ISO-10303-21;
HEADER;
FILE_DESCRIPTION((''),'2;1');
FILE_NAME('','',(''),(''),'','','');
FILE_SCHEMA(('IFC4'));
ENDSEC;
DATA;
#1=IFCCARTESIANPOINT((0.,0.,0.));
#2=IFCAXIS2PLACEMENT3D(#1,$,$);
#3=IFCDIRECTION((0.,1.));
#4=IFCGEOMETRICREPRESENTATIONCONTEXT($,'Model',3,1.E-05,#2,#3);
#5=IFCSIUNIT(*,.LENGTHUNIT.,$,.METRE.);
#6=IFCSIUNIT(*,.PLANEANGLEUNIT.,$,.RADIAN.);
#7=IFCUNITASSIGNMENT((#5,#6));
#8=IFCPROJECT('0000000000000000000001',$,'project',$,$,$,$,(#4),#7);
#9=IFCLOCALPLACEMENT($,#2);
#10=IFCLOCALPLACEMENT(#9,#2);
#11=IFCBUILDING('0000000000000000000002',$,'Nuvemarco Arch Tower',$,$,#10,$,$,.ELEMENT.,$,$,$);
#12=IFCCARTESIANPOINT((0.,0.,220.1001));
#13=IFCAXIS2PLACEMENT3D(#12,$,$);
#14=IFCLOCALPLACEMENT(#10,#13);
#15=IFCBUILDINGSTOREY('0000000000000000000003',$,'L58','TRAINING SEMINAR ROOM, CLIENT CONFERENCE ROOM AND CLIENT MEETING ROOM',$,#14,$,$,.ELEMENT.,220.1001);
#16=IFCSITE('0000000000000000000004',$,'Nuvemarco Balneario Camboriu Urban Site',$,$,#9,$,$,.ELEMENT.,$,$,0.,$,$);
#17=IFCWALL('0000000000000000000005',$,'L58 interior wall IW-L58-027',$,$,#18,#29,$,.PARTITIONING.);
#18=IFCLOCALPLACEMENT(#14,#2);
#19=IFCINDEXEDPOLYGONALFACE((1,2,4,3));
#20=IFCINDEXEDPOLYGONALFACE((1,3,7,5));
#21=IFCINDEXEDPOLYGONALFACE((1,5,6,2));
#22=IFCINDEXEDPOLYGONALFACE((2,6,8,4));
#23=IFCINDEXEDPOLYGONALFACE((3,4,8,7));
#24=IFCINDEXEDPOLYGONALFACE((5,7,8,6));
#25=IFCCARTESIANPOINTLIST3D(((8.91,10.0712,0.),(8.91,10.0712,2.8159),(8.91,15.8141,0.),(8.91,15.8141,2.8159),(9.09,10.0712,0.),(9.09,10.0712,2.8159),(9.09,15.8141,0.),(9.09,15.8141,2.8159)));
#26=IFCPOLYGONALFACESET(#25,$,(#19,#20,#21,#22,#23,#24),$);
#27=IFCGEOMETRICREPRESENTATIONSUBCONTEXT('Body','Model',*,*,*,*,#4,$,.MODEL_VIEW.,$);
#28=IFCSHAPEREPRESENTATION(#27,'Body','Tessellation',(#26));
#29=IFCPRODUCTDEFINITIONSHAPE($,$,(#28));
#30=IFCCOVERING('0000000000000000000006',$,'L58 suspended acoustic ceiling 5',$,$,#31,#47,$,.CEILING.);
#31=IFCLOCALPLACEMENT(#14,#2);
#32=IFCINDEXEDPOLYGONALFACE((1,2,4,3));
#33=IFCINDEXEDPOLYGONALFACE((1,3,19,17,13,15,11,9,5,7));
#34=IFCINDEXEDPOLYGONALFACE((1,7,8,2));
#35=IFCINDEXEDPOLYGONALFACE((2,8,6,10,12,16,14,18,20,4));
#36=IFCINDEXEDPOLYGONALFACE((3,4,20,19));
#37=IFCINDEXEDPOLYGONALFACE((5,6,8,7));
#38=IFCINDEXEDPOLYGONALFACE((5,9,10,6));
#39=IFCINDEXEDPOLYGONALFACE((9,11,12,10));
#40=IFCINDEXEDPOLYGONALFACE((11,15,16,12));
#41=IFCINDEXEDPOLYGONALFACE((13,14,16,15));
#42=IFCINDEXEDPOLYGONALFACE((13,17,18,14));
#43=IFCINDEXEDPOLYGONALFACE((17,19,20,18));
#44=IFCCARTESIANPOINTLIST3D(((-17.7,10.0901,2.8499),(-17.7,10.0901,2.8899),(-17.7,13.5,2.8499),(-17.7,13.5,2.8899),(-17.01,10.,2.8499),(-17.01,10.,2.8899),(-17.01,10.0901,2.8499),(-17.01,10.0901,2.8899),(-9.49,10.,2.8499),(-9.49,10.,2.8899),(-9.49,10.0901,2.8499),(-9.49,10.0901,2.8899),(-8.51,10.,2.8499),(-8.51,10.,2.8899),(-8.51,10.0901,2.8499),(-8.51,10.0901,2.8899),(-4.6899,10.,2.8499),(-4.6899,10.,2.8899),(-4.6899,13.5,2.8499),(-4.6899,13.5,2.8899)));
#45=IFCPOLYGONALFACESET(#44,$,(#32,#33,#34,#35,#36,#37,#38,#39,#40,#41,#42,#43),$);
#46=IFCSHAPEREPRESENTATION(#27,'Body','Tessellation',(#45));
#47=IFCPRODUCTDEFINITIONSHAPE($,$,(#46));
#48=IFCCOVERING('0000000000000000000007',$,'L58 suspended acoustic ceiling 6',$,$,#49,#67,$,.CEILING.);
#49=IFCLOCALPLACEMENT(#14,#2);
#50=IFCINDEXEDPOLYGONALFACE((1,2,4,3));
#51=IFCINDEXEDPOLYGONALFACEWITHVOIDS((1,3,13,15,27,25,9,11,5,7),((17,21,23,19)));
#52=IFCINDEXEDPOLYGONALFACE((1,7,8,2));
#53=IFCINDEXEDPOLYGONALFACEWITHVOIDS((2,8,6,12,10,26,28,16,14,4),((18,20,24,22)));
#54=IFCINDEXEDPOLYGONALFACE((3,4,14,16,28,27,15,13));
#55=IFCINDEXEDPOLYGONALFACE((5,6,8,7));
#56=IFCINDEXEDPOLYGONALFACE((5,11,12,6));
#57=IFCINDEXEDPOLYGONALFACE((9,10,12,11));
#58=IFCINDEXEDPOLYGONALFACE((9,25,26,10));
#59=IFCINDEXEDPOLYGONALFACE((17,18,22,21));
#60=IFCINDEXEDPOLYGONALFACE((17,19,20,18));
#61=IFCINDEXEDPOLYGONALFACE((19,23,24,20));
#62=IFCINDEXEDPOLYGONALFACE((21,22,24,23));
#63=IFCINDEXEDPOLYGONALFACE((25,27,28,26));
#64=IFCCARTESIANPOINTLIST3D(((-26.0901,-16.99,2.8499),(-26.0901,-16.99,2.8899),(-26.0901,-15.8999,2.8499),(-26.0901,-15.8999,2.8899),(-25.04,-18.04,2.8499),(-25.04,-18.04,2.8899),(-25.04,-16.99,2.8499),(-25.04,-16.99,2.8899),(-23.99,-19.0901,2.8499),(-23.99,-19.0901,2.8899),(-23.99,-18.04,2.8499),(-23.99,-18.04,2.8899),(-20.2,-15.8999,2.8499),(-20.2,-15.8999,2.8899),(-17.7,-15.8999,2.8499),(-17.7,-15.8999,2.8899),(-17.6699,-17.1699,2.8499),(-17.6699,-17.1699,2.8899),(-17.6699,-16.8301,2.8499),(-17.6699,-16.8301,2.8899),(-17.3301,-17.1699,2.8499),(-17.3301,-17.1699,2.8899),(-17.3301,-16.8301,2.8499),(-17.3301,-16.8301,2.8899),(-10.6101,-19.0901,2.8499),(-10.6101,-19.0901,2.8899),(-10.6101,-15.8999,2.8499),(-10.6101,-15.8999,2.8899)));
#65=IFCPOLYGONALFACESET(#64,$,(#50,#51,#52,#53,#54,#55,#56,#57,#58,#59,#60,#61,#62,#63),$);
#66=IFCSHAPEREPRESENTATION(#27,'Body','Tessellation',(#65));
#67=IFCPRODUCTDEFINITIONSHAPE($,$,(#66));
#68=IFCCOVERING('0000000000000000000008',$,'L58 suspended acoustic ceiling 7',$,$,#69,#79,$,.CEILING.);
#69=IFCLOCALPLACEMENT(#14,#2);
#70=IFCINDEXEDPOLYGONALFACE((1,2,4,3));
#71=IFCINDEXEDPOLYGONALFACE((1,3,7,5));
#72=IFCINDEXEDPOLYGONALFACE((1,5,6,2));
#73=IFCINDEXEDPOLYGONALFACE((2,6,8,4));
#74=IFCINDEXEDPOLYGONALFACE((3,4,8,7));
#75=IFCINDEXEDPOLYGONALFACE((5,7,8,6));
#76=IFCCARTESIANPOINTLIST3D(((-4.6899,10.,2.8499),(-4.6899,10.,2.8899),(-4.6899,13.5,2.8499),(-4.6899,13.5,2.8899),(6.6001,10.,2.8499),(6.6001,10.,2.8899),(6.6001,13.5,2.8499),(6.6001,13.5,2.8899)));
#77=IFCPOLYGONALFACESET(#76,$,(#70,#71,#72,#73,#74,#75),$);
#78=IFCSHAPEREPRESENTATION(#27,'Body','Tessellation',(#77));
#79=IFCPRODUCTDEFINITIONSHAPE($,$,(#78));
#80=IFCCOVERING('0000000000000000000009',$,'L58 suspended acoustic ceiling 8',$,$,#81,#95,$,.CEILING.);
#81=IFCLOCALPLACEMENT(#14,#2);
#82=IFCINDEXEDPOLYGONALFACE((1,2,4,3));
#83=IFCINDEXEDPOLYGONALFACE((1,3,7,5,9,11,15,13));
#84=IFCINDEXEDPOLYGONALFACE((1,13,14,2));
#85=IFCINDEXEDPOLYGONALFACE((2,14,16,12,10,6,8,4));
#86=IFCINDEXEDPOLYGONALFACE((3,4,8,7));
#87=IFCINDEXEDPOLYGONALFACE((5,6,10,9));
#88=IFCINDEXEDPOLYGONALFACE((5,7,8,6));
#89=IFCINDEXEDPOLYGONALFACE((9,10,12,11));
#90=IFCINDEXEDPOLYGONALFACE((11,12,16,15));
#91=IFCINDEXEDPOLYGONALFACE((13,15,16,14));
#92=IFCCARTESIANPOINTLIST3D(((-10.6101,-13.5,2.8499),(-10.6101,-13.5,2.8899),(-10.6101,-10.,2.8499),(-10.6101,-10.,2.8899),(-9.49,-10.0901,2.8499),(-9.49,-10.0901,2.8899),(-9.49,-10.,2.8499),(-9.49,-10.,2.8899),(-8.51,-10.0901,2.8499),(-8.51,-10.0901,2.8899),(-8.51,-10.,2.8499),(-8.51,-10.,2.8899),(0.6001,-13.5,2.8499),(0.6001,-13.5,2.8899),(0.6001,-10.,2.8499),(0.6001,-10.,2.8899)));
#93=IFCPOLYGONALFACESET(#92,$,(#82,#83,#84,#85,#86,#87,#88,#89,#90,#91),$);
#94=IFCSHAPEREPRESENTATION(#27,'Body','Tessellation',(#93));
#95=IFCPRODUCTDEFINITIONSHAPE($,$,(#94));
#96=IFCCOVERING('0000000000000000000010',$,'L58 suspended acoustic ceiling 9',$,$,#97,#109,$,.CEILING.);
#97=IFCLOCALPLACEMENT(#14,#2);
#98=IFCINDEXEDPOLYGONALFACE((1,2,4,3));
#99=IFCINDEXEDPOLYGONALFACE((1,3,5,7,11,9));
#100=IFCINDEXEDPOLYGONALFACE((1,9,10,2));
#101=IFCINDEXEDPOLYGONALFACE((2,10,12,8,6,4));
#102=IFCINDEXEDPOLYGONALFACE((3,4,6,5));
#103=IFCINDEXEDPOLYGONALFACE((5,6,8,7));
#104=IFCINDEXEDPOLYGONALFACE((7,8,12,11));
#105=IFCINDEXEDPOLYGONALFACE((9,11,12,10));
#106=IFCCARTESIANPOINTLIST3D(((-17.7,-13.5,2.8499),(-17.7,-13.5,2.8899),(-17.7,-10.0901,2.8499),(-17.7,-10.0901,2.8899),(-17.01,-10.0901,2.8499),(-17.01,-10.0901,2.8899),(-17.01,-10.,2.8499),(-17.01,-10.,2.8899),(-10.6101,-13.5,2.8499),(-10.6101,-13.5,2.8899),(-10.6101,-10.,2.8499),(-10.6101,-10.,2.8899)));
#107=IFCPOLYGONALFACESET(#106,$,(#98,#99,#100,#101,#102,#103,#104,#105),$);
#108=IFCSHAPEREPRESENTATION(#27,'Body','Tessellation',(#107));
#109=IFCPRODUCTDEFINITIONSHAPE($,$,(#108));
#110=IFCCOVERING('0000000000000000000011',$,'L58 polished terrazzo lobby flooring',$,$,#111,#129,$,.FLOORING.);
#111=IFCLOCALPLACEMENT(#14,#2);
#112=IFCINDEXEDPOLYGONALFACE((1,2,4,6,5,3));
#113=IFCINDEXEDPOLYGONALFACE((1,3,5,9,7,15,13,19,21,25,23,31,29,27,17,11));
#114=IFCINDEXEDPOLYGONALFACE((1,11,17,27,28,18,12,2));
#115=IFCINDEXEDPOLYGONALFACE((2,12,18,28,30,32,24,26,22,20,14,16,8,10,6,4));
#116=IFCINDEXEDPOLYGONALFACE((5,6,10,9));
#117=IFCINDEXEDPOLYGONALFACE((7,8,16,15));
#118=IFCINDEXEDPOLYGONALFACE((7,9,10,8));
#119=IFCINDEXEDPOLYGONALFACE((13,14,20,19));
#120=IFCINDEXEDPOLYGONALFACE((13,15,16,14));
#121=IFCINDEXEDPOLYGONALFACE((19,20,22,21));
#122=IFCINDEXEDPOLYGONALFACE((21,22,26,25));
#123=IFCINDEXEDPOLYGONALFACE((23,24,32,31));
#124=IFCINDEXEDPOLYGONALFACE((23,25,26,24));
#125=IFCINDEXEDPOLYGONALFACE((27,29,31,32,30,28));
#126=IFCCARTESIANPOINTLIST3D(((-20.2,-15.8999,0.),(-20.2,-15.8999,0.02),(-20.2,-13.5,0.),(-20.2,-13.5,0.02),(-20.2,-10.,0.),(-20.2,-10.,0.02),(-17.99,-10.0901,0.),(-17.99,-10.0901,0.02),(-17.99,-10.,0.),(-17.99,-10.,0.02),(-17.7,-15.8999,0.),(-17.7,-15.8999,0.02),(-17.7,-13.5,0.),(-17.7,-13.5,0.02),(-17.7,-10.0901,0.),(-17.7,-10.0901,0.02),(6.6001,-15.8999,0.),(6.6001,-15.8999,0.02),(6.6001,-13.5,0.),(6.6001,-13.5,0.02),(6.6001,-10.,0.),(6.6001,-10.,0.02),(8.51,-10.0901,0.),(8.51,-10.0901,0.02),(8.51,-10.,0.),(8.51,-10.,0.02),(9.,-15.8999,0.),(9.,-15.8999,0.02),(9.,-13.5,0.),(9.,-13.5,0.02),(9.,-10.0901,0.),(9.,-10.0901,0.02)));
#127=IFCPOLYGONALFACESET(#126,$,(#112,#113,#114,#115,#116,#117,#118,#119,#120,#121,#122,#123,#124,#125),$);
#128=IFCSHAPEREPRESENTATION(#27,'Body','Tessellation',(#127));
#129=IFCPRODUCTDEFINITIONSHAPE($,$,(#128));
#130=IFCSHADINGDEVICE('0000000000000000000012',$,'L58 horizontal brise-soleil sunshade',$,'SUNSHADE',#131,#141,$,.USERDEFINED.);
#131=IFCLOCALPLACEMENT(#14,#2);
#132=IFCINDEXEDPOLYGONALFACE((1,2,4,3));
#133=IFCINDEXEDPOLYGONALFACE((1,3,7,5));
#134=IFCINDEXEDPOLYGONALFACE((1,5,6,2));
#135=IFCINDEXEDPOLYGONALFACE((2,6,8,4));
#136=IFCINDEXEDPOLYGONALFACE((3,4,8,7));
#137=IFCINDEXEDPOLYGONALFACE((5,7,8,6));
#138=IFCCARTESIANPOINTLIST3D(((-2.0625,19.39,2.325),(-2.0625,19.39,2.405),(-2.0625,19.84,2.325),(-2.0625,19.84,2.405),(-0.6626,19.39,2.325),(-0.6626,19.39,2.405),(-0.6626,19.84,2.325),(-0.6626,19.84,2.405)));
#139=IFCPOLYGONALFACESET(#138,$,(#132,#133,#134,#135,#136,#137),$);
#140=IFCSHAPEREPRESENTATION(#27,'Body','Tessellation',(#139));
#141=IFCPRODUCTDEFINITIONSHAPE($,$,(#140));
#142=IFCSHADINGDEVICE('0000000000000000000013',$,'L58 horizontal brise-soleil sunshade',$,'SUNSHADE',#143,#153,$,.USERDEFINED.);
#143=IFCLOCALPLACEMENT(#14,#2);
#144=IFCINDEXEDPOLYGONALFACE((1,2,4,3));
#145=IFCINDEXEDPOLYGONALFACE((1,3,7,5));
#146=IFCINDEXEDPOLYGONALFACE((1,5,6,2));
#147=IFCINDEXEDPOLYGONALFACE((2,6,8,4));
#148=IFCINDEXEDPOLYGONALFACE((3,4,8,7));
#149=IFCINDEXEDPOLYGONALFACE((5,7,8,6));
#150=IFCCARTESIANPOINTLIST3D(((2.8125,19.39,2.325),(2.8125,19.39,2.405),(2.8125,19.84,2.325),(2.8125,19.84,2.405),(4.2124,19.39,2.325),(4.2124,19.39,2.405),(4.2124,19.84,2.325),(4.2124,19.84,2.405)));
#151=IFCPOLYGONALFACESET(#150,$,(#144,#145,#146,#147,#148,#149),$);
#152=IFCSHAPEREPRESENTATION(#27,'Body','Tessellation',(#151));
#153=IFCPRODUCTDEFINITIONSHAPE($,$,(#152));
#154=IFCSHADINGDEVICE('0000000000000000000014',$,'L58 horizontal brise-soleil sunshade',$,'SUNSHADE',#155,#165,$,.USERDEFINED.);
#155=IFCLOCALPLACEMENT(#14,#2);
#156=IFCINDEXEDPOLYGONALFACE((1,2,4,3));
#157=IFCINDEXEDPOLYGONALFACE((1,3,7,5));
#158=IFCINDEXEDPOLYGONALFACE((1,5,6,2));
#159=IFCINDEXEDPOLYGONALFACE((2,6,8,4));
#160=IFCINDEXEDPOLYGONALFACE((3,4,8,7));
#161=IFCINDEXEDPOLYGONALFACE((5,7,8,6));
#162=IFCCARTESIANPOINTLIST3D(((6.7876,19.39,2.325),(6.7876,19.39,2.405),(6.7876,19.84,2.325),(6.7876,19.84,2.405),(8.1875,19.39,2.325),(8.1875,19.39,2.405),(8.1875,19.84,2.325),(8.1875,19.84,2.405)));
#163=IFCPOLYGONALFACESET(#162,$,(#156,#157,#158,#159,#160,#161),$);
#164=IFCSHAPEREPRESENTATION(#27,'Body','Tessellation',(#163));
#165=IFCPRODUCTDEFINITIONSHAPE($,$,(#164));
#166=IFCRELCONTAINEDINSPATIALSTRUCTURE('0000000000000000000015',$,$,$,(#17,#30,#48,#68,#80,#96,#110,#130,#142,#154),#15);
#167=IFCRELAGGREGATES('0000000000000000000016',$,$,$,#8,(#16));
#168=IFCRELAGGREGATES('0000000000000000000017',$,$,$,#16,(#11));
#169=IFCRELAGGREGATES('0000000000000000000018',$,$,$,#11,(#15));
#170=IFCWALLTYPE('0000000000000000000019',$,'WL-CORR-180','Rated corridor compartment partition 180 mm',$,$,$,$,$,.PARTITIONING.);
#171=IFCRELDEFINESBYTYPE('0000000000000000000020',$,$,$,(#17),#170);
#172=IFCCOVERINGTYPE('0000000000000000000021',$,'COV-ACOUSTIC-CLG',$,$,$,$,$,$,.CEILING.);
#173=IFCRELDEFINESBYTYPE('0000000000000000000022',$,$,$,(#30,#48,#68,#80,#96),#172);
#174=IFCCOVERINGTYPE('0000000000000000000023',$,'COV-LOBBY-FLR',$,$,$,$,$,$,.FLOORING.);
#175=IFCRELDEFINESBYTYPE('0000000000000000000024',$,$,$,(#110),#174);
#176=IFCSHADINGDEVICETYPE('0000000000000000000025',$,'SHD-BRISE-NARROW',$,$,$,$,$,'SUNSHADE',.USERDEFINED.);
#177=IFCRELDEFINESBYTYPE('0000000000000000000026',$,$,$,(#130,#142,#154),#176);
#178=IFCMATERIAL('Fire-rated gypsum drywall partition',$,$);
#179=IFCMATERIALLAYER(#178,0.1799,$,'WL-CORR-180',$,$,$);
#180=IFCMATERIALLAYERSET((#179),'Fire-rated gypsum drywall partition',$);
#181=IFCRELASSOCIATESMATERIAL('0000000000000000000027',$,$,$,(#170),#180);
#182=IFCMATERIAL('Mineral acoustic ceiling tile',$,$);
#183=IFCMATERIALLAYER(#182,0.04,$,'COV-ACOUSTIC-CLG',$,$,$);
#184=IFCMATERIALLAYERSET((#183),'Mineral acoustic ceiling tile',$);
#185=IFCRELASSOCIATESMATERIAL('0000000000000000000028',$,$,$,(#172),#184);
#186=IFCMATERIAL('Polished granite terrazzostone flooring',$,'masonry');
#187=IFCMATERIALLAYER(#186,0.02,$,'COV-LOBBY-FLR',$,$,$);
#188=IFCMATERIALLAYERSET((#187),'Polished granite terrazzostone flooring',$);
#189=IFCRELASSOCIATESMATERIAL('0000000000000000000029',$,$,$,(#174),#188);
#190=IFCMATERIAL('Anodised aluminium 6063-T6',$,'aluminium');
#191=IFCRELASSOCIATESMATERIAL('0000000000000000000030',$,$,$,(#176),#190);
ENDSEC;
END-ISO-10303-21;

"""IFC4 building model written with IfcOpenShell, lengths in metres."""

from ifc_helpers import new_model, si_unit, direction, frame, frame_2d, origin, origin_2d, place, context, subcontext, project, spatial, polyline, rectangle, outline, extrude, source, transform, mapped, material, layer, layer_set, type_object, type_shapes, element, save


model = new_model("IFC4")

# Units and contexts
model_context = context("Model", 3, precision=1e-05, world=origin(), true_north=direction((0.0, 1.0)))
body_context = subcontext(model_context, "Body", "Model", "MODEL_VIEW")
ifc_project = project(units=[si_unit("LENGTHUNIT", "METRE"), si_unit("PLANEANGLEUNIT", "RADIAN")], contexts=[model_context])

# Site, building, storey
site_placement = place(None, origin())
site = spatial("IfcSite", under=ifc_project, at=site_placement, Name="Nuvemarco Balneario Camboriu Urban Site", CompositionType="ELEMENT", RefElevation=0.0)
building_placement = place(site_placement, origin())
building = spatial("IfcBuilding", under=site, at=building_placement, Name="Nuvemarco Arch Tower", CompositionType="ELEMENT")
storey_placement = place(building_placement, frame((0.0, 0.0, 220.1001)))
storey = spatial("IfcBuildingStorey", under=building, at=storey_placement, Name="L58", Description="TRAINING SEMINAR ROOM, CLIENT CONFERENCE ROOM AND CLIENT MEETING ROOM", CompositionType="ELEMENT", Elevation=220.1001)

# Shared definitions
ifc_material_1 = material(Name="Fire-rated gypsum drywall partition")
ifc_layer_1 = layer(ifc_material_1, 0.1799, Name="WL-CORR-180")
ifc_layer_set_1 = layer_set([ifc_layer_1], Name="Fire-rated gypsum drywall partition")
wall_type_1 = type_object("IfcWallType", Name="WL-CORR-180", Description="Rated corridor compartment partition 180 mm", PredefinedType="PARTITIONING", material=ifc_layer_set_1)

# Wall
wall_1_placement = place(storey_placement, frame((9.0, 10.071, 0.0), z_axis=(0.0, 0.0, 1.0), x_axis=(0.0, 1.0, 0.0)))
element("IfcWall", 1, at=wall_1_placement, inside=storey, type_object=wall_type_1, Name="L58 interior wall IW-L58-027", PredefinedType="PARTITIONING", context=body_context, shape_type="SweptSolid", body=[
    extrude(rectangle(XDim=5.7429, YDim=0.1799, at=frame_2d((2.8716, 0.0))), origin(), (0.0, 0.0, 1.0), 2.8159),
])

# Coverings
ifc_material_2 = material(Name="Mineral acoustic ceiling tile")
ifc_layer_2 = layer(ifc_material_2, 0.04, Name="COV-ACOUSTIC-CLG")
ifc_layer_set_2 = layer_set([ifc_layer_2], Name="Mineral acoustic ceiling tile")
covering_type_1 = type_object("IfcCoveringType", Name="COV-ACOUSTIC-CLG", PredefinedType="CEILING", material=ifc_layer_set_2)
covering_1_placement = place(storey_placement, frame((0.0, 0.0, 2.8499)))
element("IfcCovering", 2, at=covering_1_placement, inside=storey, type_object=covering_type_1, Name="L58 suspended acoustic ceiling 5", PredefinedType="CEILING", context=body_context, shape_type="SweptSolid", body=[
    extrude(outline(polyline([(-4.6899, 13.5), (-4.6899, 10.0), (-8.51, 10.0), (-8.51, 10.0901), (-9.49, 10.0901), (-9.49, 10.0), (-17.01, 10.0), (-17.01, 10.0901), (-17.7, 10.0901), (-17.7, 13.5), (-4.6899, 13.5)])), origin(), (0.0, 0.0, 1.0), 0.04),
])
covering_2_placement = place(storey_placement, frame((0.0, 0.0, 2.8499)))
element("IfcCovering", 3, at=covering_2_placement, inside=storey, type_object=covering_type_1, Name="L58 suspended acoustic ceiling 6", PredefinedType="CEILING", context=body_context, shape_type="SweptSolid", body=[
    extrude(outline(polyline([(-26.0901, -16.99), (-26.0901, -15.8999), (-20.2, -15.8999), (-17.7, -15.8999), (-10.6101, -15.8999), (-10.6101, -19.0901), (-23.99, -19.0901), (-23.99, -18.04), (-25.04, -18.04), (-25.04, -16.99), (-26.0901, -16.99)]), holes=[polyline([(-17.3301, -16.8301), (-17.6699, -16.8301), (-17.6699, -17.1699), (-17.3301, -17.1699), (-17.3301, -16.8301)])]), origin(), (0.0, 0.0, 1.0), 0.04),
])
covering_3_placement = place(storey_placement, frame((0.0, 0.0, 2.8499)))
element("IfcCovering", 4, at=covering_3_placement, inside=storey, type_object=covering_type_1, Name="L58 suspended acoustic ceiling 7", PredefinedType="CEILING", context=body_context, shape_type="SweptSolid", body=[
    extrude(outline(polyline([(-4.6899, 13.5), (6.6001, 13.5), (6.6001, 10.0), (-4.6899, 10.0), (-4.6899, 13.5)])), origin(), (0.0, 0.0, 1.0), 0.04),
])
covering_4_placement = place(storey_placement, frame((0.0, 0.0, 2.8499)))
element("IfcCovering", 5, at=covering_4_placement, inside=storey, type_object=covering_type_1, Name="L58 suspended acoustic ceiling 8", PredefinedType="CEILING", context=body_context, shape_type="SweptSolid", body=[
    extrude(outline(polyline([(0.6001, -13.5), (-10.6101, -13.5), (-10.6101, -10.0), (-9.49, -10.0), (-9.49, -10.0901), (-8.51, -10.0901), (-8.51, -10.0), (0.6001, -10.0), (0.6001, -13.5)])), origin(), (0.0, 0.0, 1.0), 0.04),
])
covering_5_placement = place(storey_placement, frame((0.0, 0.0, 2.8499)))
element("IfcCovering", 6, at=covering_5_placement, inside=storey, type_object=covering_type_1, Name="L58 suspended acoustic ceiling 9", PredefinedType="CEILING", context=body_context, shape_type="SweptSolid", body=[
    extrude(outline(polyline([(-10.6101, -13.5), (-17.7, -13.5), (-17.7, -10.0901), (-17.01, -10.0901), (-17.01, -10.0), (-10.6101, -10.0), (-10.6101, -13.5)])), origin(), (0.0, 0.0, 1.0), 0.04),
])
ifc_material_3 = material(Name="Polished granite terrazzostone flooring", Category="masonry")
ifc_layer_3 = layer(ifc_material_3, 0.02, Name="COV-LOBBY-FLR")
ifc_layer_set_3 = layer_set([ifc_layer_3], Name="Polished granite terrazzostone flooring")
covering_type_2 = type_object("IfcCoveringType", Name="COV-LOBBY-FLR", PredefinedType="FLOORING", material=ifc_layer_set_3)
covering_6_placement = place(storey_placement, origin())
element("IfcCovering", 7, at=covering_6_placement, inside=storey, type_object=covering_type_2, Name="L58 polished terrazzo lobby flooring", PredefinedType="FLOORING", context=body_context, shape_type="SweptSolid", body=[
    extrude(outline(polyline([(-20.2, -10.0), (-17.99, -10.0), (-17.99, -10.0901), (-17.7, -10.0901), (-17.7, -13.5), (6.6001, -13.5), (6.6001, -10.0), (8.51, -10.0), (8.51, -10.0901), (9.0, -10.0901), (9.0, -13.5), (9.0, -15.8999), (6.6001, -15.8999), (-17.7, -15.8999), (-20.2, -15.8999), (-20.2, -13.5), (-20.2, -10.0)])), origin(), (0.0, 0.0, 1.0), 0.02),
])

# Shading devices
ifc_material_4 = material(Name="Anodised aluminium 6063-T6", Category="aluminium")
shading_device_type = type_object("IfcShadingDeviceType", Name="SHD-BRISE-NARROW", ElementType="SUNSHADE", PredefinedType="USERDEFINED", material=ifc_material_4)
shared_shape_1 = source(origin(), body_context, "Body", "SweptSolid", [
    extrude(rectangle(XDim=1.3999, YDim=0.45, at=origin_2d()), origin(), (0.0, 0.0, 1.0), 0.0801),
])
type_shapes(shading_device_type, [shared_shape_1])
for number, where, z_axis, x_axis, name in (
    (8, (-1.3625, 19.615, 2.325), (0.0, 0.0, 1.0), (1.0, 0.0, 0.0), "L58 horizontal brise-soleil sunshade"),
    (9, (3.5125, 19.615, 2.325), (0.0, 0.0, 1.0), (1.0, 0.0, 0.0), "L58 horizontal brise-soleil sunshade"),
    (10, (7.4875, 19.615, 2.325), (0.0, 0.0, 1.0), (1.0, 0.0, 0.0), "L58 horizontal brise-soleil sunshade"),
):
    element("IfcShadingDevice", number, at=place(storey_placement, frame(where, z_axis=z_axis, x_axis=x_axis)), inside=storey, type_object=shading_device_type, Name=name, ObjectType="SUNSHADE", PredefinedType="USERDEFINED", context=body_context, shape_type="MappedRepresentation", body=[
        mapped(shared_shape_1, transform((0.0, 0.0, 0.0), scale=1.0)),
    ])

save(model, "model.ifc")
